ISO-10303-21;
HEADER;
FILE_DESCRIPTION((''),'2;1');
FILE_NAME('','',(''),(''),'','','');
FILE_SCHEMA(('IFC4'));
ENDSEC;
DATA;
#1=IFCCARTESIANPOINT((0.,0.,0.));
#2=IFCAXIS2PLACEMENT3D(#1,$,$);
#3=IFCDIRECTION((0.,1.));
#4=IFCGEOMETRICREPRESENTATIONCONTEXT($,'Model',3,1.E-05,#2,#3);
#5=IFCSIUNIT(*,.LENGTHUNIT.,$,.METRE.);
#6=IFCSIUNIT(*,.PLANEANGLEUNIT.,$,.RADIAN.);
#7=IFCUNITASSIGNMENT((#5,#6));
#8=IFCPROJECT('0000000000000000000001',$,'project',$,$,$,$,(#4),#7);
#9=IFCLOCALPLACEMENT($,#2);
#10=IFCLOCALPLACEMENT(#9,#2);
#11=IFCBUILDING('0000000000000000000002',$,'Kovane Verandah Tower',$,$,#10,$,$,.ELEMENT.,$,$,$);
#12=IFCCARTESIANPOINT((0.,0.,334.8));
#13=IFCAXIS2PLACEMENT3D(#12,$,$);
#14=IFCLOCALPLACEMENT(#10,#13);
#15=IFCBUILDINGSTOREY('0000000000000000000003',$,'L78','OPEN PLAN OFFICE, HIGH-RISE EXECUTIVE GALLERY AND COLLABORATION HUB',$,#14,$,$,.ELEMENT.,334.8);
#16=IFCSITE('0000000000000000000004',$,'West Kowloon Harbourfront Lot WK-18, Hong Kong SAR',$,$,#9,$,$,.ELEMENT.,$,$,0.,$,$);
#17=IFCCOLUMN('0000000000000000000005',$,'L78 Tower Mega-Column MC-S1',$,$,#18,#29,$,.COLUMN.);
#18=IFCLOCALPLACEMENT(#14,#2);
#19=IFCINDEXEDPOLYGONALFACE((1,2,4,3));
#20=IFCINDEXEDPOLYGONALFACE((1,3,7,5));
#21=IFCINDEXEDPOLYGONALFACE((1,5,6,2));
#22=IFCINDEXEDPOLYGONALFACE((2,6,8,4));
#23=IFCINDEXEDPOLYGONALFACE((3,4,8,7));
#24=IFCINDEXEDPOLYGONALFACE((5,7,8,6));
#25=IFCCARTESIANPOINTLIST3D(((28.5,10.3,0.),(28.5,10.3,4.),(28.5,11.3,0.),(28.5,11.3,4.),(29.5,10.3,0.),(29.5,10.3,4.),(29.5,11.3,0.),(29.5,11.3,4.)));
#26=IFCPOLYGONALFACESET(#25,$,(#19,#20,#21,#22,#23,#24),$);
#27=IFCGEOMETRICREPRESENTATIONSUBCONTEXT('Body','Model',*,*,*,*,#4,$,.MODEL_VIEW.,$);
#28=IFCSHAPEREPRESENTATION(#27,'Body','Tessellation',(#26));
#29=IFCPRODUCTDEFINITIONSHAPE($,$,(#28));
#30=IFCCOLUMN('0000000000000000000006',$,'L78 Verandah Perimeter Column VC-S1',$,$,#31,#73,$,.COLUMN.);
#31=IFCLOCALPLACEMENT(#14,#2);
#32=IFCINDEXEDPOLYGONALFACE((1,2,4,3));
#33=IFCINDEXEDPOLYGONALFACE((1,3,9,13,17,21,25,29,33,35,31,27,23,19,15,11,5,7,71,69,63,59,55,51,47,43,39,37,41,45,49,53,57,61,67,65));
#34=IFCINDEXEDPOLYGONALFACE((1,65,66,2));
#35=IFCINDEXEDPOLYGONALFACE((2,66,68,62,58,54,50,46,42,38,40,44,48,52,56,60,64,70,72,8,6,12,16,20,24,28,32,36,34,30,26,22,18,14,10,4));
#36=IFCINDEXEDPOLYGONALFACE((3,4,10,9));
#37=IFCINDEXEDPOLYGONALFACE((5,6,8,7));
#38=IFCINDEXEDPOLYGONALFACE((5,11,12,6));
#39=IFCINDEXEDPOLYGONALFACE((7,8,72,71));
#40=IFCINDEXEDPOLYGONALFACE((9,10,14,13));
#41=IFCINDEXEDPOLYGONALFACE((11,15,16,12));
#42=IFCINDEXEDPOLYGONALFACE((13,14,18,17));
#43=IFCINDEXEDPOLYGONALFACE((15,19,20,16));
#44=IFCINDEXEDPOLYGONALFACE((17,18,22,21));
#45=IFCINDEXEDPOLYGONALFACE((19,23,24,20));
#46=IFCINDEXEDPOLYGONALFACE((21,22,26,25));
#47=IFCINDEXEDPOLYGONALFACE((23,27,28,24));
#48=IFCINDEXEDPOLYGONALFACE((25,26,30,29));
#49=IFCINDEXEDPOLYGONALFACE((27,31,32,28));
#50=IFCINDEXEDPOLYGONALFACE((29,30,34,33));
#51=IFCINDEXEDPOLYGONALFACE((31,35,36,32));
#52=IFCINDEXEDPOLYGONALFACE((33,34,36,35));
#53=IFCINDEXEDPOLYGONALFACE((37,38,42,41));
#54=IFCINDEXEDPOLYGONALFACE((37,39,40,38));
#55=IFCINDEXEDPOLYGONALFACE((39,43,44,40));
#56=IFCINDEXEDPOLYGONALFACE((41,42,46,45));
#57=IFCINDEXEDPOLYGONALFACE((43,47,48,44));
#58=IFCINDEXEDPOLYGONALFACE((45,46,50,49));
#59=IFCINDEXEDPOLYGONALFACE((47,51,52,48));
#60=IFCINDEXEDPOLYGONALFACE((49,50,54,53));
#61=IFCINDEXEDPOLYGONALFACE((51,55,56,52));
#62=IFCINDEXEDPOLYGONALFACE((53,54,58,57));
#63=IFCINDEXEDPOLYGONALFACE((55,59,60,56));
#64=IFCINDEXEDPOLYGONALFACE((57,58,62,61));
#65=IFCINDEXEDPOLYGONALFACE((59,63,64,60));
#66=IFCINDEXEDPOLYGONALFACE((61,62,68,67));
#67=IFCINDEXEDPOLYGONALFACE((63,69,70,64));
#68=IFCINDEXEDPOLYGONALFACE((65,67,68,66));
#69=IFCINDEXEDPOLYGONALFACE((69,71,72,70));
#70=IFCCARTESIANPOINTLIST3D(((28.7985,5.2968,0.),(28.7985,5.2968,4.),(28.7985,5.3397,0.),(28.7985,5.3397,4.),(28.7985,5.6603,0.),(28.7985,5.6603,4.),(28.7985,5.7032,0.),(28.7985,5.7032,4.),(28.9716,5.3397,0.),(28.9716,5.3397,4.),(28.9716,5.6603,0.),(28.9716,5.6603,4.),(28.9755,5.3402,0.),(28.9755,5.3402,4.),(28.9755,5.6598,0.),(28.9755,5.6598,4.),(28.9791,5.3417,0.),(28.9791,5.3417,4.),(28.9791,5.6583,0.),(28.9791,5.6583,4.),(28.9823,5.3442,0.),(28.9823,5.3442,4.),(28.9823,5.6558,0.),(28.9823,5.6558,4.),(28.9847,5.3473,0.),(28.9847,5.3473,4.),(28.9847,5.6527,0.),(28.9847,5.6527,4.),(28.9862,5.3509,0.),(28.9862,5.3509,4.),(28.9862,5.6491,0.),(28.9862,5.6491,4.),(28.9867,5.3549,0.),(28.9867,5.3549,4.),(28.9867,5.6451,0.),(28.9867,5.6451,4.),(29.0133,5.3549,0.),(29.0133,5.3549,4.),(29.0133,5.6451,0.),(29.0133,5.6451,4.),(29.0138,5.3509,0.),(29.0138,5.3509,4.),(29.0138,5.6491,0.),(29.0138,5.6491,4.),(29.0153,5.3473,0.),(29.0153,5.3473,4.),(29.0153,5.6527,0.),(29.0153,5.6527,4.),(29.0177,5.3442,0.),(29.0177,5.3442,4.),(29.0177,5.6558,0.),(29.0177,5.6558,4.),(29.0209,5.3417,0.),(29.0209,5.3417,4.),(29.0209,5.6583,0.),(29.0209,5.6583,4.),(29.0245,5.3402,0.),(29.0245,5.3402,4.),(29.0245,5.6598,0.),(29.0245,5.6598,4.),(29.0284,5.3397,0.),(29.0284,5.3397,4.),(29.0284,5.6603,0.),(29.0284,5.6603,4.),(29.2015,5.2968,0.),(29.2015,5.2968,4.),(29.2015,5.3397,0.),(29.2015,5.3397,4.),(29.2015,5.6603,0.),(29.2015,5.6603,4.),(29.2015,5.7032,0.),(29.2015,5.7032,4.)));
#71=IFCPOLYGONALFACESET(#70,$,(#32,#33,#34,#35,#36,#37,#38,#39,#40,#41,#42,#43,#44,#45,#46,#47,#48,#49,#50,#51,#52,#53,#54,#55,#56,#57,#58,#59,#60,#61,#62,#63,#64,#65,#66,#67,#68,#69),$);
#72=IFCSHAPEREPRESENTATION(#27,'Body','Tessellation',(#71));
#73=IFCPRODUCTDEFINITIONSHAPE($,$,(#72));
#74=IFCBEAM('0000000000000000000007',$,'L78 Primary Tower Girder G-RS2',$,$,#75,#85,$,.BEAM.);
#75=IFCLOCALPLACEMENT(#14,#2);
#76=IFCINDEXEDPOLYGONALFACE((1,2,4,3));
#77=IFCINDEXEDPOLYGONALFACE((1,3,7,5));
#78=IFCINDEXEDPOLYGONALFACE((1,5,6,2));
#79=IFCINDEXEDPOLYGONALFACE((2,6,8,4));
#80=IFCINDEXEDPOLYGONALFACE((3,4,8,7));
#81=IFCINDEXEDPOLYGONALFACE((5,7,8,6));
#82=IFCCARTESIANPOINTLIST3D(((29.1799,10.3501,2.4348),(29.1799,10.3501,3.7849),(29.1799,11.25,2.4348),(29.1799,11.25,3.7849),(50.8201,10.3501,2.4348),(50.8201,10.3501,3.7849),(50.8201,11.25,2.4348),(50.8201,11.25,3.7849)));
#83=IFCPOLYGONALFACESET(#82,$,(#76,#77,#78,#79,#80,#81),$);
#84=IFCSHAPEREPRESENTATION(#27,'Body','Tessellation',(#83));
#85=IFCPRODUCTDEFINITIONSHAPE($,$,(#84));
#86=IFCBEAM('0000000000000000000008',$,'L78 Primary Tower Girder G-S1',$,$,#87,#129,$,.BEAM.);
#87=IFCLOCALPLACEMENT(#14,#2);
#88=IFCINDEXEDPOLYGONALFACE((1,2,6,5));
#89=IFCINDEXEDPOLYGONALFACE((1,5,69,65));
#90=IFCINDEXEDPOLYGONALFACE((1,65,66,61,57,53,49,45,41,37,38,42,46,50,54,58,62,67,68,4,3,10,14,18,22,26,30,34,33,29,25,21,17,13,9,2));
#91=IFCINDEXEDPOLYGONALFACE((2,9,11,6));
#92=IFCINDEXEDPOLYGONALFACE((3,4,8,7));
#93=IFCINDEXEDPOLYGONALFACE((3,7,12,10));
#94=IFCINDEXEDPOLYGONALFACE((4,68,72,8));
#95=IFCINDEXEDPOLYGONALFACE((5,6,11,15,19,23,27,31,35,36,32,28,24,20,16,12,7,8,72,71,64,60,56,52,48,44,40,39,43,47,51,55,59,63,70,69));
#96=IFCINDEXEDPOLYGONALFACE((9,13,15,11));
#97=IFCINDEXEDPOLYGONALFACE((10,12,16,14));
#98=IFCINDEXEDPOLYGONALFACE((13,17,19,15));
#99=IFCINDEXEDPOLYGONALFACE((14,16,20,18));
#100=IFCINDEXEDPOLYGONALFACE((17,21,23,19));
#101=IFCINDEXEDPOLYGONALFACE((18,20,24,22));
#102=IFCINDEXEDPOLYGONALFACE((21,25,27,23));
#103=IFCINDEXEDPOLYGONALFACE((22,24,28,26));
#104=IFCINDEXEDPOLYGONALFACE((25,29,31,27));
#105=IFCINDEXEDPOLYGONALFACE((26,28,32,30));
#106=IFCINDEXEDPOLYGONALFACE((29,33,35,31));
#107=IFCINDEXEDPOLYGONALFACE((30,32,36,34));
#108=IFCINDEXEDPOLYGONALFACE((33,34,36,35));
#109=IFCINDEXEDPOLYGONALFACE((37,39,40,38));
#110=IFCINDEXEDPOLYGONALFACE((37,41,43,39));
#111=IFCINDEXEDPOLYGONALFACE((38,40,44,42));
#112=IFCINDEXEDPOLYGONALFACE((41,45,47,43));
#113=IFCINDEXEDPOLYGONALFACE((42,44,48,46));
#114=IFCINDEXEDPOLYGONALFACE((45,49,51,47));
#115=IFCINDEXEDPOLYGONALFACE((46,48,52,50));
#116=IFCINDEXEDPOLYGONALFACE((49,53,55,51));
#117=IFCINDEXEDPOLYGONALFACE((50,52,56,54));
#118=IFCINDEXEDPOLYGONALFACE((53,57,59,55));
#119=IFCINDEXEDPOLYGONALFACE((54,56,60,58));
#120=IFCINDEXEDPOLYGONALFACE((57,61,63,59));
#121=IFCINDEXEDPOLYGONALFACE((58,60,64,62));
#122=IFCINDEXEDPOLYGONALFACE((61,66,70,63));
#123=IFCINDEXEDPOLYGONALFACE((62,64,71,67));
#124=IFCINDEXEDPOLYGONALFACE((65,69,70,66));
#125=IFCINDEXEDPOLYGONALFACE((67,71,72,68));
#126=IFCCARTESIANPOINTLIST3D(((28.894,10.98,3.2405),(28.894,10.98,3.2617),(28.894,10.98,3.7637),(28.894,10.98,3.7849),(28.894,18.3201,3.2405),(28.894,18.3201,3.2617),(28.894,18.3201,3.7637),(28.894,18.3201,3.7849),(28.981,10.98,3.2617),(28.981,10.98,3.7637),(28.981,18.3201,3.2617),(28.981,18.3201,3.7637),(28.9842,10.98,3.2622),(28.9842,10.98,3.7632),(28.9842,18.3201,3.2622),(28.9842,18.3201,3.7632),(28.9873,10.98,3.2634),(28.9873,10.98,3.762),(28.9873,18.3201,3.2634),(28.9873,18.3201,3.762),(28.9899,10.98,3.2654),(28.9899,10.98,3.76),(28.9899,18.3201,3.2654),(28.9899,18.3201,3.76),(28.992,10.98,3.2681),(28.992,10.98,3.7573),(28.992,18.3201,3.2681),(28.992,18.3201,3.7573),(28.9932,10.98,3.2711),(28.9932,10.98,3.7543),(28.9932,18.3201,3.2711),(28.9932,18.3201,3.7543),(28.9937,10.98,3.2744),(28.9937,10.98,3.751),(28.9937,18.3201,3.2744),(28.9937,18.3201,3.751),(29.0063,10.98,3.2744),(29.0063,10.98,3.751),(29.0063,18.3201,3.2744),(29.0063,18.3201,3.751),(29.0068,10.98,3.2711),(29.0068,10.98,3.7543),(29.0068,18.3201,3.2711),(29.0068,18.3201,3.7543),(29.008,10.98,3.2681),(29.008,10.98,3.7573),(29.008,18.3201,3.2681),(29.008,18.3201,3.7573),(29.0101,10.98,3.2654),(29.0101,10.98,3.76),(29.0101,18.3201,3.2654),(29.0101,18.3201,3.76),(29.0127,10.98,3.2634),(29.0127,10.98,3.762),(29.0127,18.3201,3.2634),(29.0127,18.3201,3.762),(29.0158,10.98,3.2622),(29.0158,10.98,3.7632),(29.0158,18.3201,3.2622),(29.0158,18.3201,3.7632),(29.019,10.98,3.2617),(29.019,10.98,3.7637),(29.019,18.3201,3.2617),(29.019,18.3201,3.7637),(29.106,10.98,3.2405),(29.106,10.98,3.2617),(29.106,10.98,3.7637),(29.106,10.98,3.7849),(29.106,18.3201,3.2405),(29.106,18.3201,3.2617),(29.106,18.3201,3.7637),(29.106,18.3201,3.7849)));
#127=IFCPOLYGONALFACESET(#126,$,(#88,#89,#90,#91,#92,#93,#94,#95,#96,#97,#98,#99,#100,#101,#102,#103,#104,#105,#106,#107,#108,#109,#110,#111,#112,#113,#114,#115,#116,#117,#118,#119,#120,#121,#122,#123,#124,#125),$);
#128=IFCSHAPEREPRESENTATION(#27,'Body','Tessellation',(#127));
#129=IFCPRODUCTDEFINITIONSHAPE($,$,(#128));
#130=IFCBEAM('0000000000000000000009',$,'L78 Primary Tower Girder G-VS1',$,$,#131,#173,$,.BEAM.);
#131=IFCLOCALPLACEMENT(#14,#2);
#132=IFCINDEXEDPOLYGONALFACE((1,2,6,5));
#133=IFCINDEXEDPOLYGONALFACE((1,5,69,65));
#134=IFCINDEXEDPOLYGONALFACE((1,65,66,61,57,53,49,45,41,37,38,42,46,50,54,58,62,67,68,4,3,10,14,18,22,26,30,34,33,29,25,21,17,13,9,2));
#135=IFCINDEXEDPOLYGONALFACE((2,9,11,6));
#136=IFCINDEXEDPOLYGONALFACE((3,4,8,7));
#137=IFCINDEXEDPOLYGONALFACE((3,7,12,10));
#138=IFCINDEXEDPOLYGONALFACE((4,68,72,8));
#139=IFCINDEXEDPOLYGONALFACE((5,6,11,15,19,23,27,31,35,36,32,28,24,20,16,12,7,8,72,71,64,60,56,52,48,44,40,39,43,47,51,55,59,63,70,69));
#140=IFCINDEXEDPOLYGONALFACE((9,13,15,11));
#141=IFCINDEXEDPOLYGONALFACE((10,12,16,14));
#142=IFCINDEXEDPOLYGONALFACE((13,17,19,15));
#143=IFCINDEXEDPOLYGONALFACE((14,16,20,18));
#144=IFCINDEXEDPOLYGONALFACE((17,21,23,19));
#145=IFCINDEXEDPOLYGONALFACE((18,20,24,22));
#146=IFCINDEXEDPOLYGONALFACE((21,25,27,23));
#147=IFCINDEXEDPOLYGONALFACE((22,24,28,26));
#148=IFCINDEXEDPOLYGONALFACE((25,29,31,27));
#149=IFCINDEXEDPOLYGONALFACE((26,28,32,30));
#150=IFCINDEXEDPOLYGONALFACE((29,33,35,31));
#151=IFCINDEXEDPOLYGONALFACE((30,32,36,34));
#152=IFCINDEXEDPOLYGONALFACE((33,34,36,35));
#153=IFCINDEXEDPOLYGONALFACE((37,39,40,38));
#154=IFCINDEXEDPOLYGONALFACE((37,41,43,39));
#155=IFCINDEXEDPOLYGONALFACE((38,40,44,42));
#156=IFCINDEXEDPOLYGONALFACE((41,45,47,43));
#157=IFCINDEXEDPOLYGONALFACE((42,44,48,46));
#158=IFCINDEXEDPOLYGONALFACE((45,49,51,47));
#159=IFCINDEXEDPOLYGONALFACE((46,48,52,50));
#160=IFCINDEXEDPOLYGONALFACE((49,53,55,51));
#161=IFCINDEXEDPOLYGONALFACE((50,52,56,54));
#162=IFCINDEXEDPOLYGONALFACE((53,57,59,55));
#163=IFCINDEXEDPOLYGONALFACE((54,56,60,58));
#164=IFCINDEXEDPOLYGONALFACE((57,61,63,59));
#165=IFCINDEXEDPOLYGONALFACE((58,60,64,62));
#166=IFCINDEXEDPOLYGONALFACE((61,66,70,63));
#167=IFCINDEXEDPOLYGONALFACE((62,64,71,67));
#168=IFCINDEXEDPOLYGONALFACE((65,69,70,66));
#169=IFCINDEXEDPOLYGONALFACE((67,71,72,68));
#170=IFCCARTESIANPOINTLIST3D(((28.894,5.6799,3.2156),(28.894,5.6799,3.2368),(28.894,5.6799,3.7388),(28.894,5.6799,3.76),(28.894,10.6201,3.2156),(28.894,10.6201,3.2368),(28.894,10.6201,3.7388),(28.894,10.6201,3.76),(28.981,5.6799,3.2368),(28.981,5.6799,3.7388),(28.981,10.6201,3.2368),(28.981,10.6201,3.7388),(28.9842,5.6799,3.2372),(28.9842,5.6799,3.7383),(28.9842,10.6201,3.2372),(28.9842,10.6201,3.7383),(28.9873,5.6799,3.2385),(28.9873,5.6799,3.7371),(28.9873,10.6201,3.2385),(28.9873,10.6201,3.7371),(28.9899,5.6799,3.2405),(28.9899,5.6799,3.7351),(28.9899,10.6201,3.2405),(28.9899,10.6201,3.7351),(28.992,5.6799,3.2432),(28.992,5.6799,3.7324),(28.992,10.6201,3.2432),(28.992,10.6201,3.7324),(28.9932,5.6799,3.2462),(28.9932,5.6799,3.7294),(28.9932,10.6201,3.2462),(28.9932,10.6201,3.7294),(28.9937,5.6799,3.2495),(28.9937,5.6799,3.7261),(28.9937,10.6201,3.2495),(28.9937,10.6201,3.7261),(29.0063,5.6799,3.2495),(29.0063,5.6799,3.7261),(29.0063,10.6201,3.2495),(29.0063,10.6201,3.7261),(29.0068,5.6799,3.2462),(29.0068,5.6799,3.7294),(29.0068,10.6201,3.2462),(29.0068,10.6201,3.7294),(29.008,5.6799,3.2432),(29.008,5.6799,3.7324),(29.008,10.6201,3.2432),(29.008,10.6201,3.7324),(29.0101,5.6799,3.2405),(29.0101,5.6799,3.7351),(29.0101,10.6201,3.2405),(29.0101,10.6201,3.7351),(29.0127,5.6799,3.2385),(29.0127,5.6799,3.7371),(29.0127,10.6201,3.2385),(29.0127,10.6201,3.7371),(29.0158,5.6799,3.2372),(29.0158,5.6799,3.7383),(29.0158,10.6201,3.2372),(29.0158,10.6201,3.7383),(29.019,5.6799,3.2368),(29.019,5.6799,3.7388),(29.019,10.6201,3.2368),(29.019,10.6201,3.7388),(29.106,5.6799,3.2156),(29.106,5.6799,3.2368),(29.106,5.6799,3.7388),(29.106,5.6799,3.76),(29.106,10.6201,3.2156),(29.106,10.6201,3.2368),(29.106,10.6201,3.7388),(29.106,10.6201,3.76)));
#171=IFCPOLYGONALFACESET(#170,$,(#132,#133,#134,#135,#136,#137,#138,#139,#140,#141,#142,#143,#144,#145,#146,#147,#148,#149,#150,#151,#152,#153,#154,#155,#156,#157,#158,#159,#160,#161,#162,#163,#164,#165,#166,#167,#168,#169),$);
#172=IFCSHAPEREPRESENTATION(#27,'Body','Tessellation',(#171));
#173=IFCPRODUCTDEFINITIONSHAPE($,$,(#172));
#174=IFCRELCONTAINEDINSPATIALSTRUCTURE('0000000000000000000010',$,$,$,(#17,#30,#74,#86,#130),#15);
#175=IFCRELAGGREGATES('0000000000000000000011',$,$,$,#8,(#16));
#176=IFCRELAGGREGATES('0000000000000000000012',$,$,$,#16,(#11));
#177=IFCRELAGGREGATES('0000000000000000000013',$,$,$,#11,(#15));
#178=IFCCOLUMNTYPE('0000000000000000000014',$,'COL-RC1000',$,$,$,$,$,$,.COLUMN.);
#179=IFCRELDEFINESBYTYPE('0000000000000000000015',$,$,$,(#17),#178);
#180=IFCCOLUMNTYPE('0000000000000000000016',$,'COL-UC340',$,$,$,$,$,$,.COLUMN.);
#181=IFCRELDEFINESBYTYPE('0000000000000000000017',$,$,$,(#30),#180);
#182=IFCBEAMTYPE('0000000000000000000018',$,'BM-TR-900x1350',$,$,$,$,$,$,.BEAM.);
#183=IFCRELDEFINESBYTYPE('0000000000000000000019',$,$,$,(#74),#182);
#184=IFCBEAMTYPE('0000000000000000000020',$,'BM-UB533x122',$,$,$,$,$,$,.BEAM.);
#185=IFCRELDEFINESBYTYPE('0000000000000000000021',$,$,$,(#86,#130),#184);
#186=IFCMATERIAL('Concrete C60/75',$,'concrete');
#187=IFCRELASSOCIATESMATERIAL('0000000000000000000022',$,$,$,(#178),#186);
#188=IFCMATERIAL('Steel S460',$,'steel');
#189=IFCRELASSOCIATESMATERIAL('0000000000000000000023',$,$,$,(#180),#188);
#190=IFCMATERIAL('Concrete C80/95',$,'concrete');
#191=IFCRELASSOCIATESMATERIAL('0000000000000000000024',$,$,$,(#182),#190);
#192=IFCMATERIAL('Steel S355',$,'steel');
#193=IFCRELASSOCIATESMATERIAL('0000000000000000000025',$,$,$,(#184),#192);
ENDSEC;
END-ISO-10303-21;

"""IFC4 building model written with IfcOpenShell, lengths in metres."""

from ifc_helpers import new_model, si_unit, direction, frame, origin, origin_2d, place, context, subcontext, project, spatial, rectangle, i_section, extrude, material, material_profile, profile_set, type_object, element, save


model = new_model("IFC4")

# Units and contexts
model_context = context("Model", 3, precision=1e-05, world=origin(), true_north=direction((0.0, 1.0)))
body_context = subcontext(model_context, "Body", "Model", "MODEL_VIEW")
ifc_project = project(units=[si_unit("LENGTHUNIT", "METRE"), si_unit("PLANEANGLEUNIT", "RADIAN")], contexts=[model_context])

# Site, building, storey
site_placement = place(None, origin())
site = spatial("IfcSite", under=ifc_project, at=site_placement, Name="West Kowloon Harbourfront Lot WK-18, Hong Kong SAR", CompositionType="ELEMENT", RefElevation=0.0)
building_placement = place(site_placement, origin())
building = spatial("IfcBuilding", under=site, at=building_placement, Name="Kovane Verandah Tower", CompositionType="ELEMENT")
storey_placement = place(building_placement, frame((0.0, 0.0, 334.8)))
storey = spatial("IfcBuildingStorey", under=building, at=storey_placement, Name="L78", Description="OPEN PLAN OFFICE, HIGH-RISE EXECUTIVE GALLERY AND COLLABORATION HUB", CompositionType="ELEMENT", Elevation=334.8)

# Columns
ifc_material_1 = material(Name="Concrete C60/75", Category="concrete")
ifc_material_profile_1 = material_profile(ifc_material_1, rectangle(XDim=1.0, YDim=1.0, at=origin_2d()), Name="RC1000x1000")
ifc_profile_set_1 = profile_set([ifc_material_profile_1], Name="Concrete C60/75")
column_type_1 = type_object("IfcColumnType", Name="COL-RC1000", PredefinedType="COLUMN", material=ifc_profile_set_1)
column_1_placement = place(storey_placement, frame((29.0, 10.8, 0.0), z_axis=(0.0, 0.0, 1.0), x_axis=(1.0, 0.0, 0.0)))
element("IfcColumn", 1, at=column_1_placement, inside=storey, type_object=column_type_1, Name="L78 Tower Mega-Column MC-S1", PredefinedType="COLUMN", context=body_context, shape_type="SweptSolid", body=[
    extrude(rectangle(XDim=1.0, YDim=1.0, at=origin_2d()), origin(), (0.0, 0.0, 1.0), 4.0),
])
ifc_material_2 = material(Name="Steel S460", Category="steel")
ifc_material_profile_2 = material_profile(ifc_material_2, i_section(OverallWidth=0.4031, OverallDepth=0.4065, WebThickness=0.0266, FlangeThickness=0.043, FilletRadius=0.0151, at=origin_2d()), Name="UC356x406x340")
ifc_profile_set_2 = profile_set([ifc_material_profile_2], Name="Steel S460")
column_type_2 = type_object("IfcColumnType", Name="COL-UC340", PredefinedType="COLUMN", material=ifc_profile_set_2)
column_2_placement = place(storey_placement, frame((29.0, 5.5, 0.0), z_axis=(0.0, 0.0, 1.0), x_axis=(1.0, 0.0, 0.0)))
element("IfcColumn", 2, at=column_2_placement, inside=storey, type_object=column_type_2, Name="L78 Verandah Perimeter Column VC-S1", PredefinedType="COLUMN", context=body_context, shape_type="SweptSolid", body=[
    extrude(i_section(OverallWidth=0.4031, OverallDepth=0.4065, WebThickness=0.0266, FlangeThickness=0.043, FilletRadius=0.0151, at=origin_2d()), origin(), (0.0, 0.0, 1.0), 4.0),
])

# Beams
ifc_material_3 = material(Name="Concrete C80/95", Category="concrete")
ifc_material_profile_3 = material_profile(ifc_material_3, rectangle(XDim=0.8999, YDim=1.3501, at=origin_2d()), Name="RCB900x1350")
ifc_profile_set_3 = profile_set([ifc_material_profile_3], Name="Concrete C80/95")
beam_type_1 = type_object("IfcBeamType", Name="BM-TR-900x1350", PredefinedType="BEAM", material=ifc_profile_set_3)
beam_1_placement = place(storey_placement, frame((29.1799, 10.8, 3.1099), z_axis=(1.0, 0.0, 0.0), x_axis=(0.0, 1.0, 0.0)))
element("IfcBeam", 3, at=beam_1_placement, inside=storey, type_object=beam_type_1, Name="L78 Primary Tower Girder G-RS2", PredefinedType="BEAM", context=body_context, shape_type="SweptSolid", body=[
    extrude(rectangle(XDim=0.8999, YDim=1.3501, at=origin_2d()), origin(), (0.0, 0.0, 1.0), 21.6401),
])
ifc_material_4 = material(Name="Steel S355", Category="steel")
ifc_material_profile_4 = material_profile(ifc_material_4, i_section(OverallWidth=0.2119, OverallDepth=0.5444, WebThickness=0.0127, FlangeThickness=0.0212, FilletRadius=0.0127, at=origin_2d()), Name="UB533x210x122")
ifc_profile_set_4 = profile_set([ifc_material_profile_4], Name="Steel S355")
beam_type_2 = type_object("IfcBeamType", Name="BM-UB533x122", PredefinedType="BEAM", material=ifc_profile_set_4)
beam_2_placement = place(storey_placement, frame((29.0, 18.3201, 3.5127), z_axis=(0.0, -1.0, 0.0), x_axis=(1.0, 0.0, 0.0)))
element("IfcBeam", 4, at=beam_2_placement, inside=storey, type_object=beam_type_2, Name="L78 Primary Tower Girder G-S1", PredefinedType="BEAM", context=body_context, shape_type="SweptSolid", body=[
    extrude(i_section(OverallWidth=0.2119, OverallDepth=0.5444, WebThickness=0.0127, FlangeThickness=0.0212, FilletRadius=0.0127, at=origin_2d()), origin(), (0.0, 0.0, 1.0), 7.3401),
])
beam_3_placement = place(storey_placement, frame((29.0, 10.6201, 3.4878), z_axis=(0.0, -1.0, 0.0), x_axis=(1.0, 0.0, 0.0)))
element("IfcBeam", 5, at=beam_3_placement, inside=storey, type_object=beam_type_2, Name="L78 Primary Tower Girder G-VS1", PredefinedType="BEAM", context=body_context, shape_type="SweptSolid", body=[
    extrude(i_section(OverallWidth=0.2119, OverallDepth=0.5444, WebThickness=0.0127, FlangeThickness=0.0212, FilletRadius=0.0127, at=origin_2d()), origin(), (0.0, 0.0, 1.0), 4.9402),
])

save(model, "model.ifc")
